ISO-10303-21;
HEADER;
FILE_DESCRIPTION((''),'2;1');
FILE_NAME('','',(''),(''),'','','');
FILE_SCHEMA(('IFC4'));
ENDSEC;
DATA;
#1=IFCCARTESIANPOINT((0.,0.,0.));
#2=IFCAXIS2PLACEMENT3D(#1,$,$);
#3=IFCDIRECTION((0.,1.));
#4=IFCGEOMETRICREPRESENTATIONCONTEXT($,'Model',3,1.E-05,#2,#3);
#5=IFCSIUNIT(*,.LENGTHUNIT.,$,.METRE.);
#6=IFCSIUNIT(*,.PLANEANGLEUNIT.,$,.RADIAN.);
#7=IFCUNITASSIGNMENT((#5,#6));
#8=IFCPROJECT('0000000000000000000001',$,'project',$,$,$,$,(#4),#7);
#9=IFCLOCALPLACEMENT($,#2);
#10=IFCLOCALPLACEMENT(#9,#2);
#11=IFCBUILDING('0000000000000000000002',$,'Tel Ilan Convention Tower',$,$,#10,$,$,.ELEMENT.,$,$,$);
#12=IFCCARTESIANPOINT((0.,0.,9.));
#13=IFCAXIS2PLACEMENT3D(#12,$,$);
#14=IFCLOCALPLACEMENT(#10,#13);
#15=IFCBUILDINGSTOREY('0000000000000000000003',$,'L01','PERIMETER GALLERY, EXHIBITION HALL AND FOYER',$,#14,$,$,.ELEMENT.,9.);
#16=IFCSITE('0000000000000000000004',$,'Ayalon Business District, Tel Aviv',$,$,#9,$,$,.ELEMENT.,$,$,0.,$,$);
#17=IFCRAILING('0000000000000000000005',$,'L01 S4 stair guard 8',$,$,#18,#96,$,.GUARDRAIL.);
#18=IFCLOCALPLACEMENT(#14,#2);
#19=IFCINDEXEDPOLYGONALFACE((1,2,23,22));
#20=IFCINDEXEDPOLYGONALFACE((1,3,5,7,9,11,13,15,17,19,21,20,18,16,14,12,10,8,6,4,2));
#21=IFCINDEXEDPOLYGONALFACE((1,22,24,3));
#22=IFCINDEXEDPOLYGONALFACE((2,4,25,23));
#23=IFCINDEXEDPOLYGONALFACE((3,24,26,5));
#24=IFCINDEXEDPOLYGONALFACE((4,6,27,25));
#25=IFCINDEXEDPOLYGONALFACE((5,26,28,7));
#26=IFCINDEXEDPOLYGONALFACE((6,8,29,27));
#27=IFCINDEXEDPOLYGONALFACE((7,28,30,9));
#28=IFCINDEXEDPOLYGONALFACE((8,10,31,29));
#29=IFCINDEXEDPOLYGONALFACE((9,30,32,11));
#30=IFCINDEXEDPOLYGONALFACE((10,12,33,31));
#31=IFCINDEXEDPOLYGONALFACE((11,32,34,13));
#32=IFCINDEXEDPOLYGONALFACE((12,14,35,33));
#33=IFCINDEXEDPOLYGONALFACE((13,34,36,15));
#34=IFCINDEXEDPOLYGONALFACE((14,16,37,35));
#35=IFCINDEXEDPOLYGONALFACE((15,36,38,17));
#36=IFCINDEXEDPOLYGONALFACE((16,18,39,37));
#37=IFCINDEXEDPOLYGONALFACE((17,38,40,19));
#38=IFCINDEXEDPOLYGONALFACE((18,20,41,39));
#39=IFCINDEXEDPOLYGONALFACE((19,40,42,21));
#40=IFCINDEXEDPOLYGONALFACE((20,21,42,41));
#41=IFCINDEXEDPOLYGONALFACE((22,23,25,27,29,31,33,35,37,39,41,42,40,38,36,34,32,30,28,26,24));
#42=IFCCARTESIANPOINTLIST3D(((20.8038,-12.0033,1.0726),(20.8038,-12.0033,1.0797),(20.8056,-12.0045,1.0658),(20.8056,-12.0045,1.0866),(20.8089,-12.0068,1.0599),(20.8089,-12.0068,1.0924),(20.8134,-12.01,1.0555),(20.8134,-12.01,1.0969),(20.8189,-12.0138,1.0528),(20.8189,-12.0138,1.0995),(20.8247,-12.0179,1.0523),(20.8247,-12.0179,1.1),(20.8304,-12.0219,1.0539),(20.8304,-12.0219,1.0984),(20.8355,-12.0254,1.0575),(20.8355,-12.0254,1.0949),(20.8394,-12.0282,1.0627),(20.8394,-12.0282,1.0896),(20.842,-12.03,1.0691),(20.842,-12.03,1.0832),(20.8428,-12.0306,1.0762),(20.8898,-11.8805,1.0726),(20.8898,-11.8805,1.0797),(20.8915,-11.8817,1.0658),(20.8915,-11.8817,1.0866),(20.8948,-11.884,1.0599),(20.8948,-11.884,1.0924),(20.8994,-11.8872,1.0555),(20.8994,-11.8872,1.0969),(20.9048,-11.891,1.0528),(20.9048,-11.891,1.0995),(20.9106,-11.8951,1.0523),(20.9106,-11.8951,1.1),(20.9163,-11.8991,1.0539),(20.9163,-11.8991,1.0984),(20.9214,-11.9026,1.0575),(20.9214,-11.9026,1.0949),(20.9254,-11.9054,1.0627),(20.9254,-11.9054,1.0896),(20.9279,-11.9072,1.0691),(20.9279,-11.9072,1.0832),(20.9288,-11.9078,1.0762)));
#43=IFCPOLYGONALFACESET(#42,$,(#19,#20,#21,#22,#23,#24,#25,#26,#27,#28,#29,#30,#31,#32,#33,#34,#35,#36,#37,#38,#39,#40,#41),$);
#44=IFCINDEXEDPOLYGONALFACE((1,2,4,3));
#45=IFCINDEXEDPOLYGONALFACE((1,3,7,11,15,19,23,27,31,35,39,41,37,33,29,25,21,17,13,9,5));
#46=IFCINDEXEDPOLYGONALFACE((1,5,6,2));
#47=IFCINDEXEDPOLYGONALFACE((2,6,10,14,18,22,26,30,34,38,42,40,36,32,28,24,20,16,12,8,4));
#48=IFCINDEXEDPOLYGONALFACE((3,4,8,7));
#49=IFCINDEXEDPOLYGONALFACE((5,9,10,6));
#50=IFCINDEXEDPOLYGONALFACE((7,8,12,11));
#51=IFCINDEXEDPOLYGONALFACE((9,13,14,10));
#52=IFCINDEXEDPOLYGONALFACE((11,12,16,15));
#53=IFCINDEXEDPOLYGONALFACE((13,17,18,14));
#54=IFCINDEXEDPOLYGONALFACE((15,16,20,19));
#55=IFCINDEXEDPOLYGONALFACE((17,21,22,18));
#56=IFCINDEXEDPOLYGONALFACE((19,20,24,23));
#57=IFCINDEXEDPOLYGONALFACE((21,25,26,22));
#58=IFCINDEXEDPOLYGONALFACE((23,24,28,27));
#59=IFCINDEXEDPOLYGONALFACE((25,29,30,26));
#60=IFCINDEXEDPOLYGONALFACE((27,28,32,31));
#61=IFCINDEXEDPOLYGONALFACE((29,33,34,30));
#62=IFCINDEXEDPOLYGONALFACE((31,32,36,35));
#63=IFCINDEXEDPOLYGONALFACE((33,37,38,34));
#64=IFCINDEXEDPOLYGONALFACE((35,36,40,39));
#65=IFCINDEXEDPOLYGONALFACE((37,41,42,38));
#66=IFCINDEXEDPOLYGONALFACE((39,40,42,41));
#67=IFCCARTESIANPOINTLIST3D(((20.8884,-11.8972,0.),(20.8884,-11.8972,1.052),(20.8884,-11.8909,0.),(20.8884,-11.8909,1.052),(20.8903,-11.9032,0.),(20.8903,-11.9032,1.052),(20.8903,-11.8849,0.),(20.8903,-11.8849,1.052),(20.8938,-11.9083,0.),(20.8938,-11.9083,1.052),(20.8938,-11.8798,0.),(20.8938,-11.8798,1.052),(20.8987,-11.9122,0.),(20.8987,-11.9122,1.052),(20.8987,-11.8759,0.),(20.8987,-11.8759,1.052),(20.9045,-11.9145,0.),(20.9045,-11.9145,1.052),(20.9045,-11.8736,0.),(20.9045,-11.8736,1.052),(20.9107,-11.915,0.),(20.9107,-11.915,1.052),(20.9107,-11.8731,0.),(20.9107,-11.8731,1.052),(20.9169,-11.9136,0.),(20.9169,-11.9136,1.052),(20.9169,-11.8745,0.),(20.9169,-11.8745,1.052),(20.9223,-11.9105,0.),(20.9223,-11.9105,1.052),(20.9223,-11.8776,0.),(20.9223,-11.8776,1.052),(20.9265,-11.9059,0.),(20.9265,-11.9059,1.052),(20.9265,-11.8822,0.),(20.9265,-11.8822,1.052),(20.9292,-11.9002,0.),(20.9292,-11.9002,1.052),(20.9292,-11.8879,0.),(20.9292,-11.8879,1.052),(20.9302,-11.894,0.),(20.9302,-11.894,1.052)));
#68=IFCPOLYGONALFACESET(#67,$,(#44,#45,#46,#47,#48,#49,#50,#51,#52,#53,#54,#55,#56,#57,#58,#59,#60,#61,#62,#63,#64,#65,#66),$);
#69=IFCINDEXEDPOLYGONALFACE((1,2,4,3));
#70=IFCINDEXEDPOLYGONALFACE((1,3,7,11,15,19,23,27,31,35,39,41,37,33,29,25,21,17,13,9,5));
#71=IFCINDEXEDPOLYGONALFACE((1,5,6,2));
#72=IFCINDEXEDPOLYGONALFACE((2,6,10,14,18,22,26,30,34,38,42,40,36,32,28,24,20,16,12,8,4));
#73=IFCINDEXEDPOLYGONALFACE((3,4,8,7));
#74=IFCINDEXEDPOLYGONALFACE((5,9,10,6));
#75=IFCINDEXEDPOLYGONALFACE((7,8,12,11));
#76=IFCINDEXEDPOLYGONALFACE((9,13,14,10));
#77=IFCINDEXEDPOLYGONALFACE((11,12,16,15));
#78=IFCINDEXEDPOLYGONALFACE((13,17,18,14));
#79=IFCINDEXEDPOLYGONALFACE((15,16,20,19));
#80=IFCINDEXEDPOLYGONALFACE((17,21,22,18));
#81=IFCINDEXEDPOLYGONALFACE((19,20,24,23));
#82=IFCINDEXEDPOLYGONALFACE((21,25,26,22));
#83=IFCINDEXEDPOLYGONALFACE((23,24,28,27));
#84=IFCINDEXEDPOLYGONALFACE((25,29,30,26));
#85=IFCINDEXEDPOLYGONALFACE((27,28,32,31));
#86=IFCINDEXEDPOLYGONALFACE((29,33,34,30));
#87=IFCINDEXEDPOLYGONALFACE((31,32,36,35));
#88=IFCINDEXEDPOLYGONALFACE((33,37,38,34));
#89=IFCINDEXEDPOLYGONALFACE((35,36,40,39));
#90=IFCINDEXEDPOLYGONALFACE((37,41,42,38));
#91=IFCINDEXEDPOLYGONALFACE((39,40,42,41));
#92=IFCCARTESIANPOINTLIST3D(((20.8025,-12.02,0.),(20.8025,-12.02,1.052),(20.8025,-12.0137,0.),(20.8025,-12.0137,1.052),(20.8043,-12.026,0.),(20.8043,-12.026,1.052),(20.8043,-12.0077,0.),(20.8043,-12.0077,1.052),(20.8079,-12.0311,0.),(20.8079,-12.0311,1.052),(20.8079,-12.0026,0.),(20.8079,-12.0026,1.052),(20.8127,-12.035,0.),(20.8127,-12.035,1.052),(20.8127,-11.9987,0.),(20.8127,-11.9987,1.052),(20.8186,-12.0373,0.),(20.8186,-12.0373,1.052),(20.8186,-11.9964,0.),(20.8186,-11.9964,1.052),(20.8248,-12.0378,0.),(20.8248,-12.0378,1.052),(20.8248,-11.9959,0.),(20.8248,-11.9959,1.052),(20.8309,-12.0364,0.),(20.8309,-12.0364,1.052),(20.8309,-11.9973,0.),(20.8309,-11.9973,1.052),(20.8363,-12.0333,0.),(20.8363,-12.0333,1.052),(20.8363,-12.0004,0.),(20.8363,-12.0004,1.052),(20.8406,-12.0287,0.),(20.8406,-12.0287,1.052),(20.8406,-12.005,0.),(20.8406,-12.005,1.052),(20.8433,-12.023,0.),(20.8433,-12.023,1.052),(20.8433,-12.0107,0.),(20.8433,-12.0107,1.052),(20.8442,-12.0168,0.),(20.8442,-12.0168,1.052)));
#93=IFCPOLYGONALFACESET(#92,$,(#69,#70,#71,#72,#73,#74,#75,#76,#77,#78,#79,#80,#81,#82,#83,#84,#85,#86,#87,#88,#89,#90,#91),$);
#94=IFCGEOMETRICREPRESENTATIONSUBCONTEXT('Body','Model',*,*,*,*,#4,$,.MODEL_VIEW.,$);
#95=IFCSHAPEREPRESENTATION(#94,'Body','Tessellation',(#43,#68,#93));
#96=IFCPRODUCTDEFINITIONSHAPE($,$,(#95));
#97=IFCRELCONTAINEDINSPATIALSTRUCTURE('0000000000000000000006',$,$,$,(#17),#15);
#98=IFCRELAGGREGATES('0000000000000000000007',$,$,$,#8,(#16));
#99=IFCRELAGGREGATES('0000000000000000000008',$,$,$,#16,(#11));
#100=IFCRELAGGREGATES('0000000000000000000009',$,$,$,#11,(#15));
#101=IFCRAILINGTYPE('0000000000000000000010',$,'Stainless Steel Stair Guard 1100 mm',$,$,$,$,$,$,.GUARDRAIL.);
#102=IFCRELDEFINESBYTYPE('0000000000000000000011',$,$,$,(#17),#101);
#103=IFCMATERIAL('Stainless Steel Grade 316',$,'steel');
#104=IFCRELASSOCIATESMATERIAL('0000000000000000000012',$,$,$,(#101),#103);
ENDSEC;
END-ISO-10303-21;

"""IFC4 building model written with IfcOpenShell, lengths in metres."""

from ifc_helpers import new_model, si_unit, direction, frame, origin, origin_2d, place, context, subcontext, project, spatial, circle, extrude, material, type_object, element, save


model = new_model("IFC4")

# Units and contexts
model_context = context("Model", 3, precision=1e-05, world=origin(), true_north=direction((0.0, 1.0)))
body_context = subcontext(model_context, "Body", "Model", "MODEL_VIEW")
ifc_project = project(units=[si_unit("LENGTHUNIT", "METRE"), si_unit("PLANEANGLEUNIT", "RADIAN")], contexts=[model_context])

# Site, building, storey
site_placement = place(None, origin())
site = spatial("IfcSite", under=ifc_project, at=site_placement, Name="Ayalon Business District, Tel Aviv", CompositionType="ELEMENT", RefElevation=0.0)
building_placement = place(site_placement, origin())
building = spatial("IfcBuilding", under=site, at=building_placement, Name="Tel Ilan Convention Tower", CompositionType="ELEMENT")
storey_placement = place(building_placement, frame((0.0, 0.0, 9.0)))
storey = spatial("IfcBuildingStorey", under=building, at=storey_placement, Name="L01", Description="PERIMETER GALLERY, EXHIBITION HALL AND FOYER", CompositionType="ELEMENT", Elevation=9.0)

# Railing
ifc_material_1 = material(Name="Stainless Steel Grade 316", Category="steel")
railing_type_1 = type_object("IfcRailingType", Name="Stainless Steel Stair Guard 1100 mm", PredefinedType="GUARDRAIL", material=ifc_material_1)
railing_1_placement = place(storey_placement, frame((20.9092, -11.894, 0.0)))
element("IfcRailing", 1, at=railing_1_placement, inside=storey, type_object=railing_type_1, Name="L01 S4 stair guard 8", PredefinedType="GUARDRAIL", context=body_context, shape_type="SweptSolid", body=[
    extrude(circle(Radius=0.0239, at=origin_2d()), frame((0.0, 0.0, 1.0762), z_axis=(-0.573353, -0.819308, 0.0), x_axis=(0.819308, -0.573353, 0.0)), (0.0, 0.0, 1.0), 0.1499),
    extrude(circle(Radius=0.021, at=origin_2d()), origin(), (0.0, 0.0, 1.0), 1.052),
    extrude(circle(Radius=0.021, at=origin_2d()), frame((-0.0859, -0.1228, 0.0)), (0.0, 0.0, 1.0), 1.052),
])

save(model, "model.ifc")
